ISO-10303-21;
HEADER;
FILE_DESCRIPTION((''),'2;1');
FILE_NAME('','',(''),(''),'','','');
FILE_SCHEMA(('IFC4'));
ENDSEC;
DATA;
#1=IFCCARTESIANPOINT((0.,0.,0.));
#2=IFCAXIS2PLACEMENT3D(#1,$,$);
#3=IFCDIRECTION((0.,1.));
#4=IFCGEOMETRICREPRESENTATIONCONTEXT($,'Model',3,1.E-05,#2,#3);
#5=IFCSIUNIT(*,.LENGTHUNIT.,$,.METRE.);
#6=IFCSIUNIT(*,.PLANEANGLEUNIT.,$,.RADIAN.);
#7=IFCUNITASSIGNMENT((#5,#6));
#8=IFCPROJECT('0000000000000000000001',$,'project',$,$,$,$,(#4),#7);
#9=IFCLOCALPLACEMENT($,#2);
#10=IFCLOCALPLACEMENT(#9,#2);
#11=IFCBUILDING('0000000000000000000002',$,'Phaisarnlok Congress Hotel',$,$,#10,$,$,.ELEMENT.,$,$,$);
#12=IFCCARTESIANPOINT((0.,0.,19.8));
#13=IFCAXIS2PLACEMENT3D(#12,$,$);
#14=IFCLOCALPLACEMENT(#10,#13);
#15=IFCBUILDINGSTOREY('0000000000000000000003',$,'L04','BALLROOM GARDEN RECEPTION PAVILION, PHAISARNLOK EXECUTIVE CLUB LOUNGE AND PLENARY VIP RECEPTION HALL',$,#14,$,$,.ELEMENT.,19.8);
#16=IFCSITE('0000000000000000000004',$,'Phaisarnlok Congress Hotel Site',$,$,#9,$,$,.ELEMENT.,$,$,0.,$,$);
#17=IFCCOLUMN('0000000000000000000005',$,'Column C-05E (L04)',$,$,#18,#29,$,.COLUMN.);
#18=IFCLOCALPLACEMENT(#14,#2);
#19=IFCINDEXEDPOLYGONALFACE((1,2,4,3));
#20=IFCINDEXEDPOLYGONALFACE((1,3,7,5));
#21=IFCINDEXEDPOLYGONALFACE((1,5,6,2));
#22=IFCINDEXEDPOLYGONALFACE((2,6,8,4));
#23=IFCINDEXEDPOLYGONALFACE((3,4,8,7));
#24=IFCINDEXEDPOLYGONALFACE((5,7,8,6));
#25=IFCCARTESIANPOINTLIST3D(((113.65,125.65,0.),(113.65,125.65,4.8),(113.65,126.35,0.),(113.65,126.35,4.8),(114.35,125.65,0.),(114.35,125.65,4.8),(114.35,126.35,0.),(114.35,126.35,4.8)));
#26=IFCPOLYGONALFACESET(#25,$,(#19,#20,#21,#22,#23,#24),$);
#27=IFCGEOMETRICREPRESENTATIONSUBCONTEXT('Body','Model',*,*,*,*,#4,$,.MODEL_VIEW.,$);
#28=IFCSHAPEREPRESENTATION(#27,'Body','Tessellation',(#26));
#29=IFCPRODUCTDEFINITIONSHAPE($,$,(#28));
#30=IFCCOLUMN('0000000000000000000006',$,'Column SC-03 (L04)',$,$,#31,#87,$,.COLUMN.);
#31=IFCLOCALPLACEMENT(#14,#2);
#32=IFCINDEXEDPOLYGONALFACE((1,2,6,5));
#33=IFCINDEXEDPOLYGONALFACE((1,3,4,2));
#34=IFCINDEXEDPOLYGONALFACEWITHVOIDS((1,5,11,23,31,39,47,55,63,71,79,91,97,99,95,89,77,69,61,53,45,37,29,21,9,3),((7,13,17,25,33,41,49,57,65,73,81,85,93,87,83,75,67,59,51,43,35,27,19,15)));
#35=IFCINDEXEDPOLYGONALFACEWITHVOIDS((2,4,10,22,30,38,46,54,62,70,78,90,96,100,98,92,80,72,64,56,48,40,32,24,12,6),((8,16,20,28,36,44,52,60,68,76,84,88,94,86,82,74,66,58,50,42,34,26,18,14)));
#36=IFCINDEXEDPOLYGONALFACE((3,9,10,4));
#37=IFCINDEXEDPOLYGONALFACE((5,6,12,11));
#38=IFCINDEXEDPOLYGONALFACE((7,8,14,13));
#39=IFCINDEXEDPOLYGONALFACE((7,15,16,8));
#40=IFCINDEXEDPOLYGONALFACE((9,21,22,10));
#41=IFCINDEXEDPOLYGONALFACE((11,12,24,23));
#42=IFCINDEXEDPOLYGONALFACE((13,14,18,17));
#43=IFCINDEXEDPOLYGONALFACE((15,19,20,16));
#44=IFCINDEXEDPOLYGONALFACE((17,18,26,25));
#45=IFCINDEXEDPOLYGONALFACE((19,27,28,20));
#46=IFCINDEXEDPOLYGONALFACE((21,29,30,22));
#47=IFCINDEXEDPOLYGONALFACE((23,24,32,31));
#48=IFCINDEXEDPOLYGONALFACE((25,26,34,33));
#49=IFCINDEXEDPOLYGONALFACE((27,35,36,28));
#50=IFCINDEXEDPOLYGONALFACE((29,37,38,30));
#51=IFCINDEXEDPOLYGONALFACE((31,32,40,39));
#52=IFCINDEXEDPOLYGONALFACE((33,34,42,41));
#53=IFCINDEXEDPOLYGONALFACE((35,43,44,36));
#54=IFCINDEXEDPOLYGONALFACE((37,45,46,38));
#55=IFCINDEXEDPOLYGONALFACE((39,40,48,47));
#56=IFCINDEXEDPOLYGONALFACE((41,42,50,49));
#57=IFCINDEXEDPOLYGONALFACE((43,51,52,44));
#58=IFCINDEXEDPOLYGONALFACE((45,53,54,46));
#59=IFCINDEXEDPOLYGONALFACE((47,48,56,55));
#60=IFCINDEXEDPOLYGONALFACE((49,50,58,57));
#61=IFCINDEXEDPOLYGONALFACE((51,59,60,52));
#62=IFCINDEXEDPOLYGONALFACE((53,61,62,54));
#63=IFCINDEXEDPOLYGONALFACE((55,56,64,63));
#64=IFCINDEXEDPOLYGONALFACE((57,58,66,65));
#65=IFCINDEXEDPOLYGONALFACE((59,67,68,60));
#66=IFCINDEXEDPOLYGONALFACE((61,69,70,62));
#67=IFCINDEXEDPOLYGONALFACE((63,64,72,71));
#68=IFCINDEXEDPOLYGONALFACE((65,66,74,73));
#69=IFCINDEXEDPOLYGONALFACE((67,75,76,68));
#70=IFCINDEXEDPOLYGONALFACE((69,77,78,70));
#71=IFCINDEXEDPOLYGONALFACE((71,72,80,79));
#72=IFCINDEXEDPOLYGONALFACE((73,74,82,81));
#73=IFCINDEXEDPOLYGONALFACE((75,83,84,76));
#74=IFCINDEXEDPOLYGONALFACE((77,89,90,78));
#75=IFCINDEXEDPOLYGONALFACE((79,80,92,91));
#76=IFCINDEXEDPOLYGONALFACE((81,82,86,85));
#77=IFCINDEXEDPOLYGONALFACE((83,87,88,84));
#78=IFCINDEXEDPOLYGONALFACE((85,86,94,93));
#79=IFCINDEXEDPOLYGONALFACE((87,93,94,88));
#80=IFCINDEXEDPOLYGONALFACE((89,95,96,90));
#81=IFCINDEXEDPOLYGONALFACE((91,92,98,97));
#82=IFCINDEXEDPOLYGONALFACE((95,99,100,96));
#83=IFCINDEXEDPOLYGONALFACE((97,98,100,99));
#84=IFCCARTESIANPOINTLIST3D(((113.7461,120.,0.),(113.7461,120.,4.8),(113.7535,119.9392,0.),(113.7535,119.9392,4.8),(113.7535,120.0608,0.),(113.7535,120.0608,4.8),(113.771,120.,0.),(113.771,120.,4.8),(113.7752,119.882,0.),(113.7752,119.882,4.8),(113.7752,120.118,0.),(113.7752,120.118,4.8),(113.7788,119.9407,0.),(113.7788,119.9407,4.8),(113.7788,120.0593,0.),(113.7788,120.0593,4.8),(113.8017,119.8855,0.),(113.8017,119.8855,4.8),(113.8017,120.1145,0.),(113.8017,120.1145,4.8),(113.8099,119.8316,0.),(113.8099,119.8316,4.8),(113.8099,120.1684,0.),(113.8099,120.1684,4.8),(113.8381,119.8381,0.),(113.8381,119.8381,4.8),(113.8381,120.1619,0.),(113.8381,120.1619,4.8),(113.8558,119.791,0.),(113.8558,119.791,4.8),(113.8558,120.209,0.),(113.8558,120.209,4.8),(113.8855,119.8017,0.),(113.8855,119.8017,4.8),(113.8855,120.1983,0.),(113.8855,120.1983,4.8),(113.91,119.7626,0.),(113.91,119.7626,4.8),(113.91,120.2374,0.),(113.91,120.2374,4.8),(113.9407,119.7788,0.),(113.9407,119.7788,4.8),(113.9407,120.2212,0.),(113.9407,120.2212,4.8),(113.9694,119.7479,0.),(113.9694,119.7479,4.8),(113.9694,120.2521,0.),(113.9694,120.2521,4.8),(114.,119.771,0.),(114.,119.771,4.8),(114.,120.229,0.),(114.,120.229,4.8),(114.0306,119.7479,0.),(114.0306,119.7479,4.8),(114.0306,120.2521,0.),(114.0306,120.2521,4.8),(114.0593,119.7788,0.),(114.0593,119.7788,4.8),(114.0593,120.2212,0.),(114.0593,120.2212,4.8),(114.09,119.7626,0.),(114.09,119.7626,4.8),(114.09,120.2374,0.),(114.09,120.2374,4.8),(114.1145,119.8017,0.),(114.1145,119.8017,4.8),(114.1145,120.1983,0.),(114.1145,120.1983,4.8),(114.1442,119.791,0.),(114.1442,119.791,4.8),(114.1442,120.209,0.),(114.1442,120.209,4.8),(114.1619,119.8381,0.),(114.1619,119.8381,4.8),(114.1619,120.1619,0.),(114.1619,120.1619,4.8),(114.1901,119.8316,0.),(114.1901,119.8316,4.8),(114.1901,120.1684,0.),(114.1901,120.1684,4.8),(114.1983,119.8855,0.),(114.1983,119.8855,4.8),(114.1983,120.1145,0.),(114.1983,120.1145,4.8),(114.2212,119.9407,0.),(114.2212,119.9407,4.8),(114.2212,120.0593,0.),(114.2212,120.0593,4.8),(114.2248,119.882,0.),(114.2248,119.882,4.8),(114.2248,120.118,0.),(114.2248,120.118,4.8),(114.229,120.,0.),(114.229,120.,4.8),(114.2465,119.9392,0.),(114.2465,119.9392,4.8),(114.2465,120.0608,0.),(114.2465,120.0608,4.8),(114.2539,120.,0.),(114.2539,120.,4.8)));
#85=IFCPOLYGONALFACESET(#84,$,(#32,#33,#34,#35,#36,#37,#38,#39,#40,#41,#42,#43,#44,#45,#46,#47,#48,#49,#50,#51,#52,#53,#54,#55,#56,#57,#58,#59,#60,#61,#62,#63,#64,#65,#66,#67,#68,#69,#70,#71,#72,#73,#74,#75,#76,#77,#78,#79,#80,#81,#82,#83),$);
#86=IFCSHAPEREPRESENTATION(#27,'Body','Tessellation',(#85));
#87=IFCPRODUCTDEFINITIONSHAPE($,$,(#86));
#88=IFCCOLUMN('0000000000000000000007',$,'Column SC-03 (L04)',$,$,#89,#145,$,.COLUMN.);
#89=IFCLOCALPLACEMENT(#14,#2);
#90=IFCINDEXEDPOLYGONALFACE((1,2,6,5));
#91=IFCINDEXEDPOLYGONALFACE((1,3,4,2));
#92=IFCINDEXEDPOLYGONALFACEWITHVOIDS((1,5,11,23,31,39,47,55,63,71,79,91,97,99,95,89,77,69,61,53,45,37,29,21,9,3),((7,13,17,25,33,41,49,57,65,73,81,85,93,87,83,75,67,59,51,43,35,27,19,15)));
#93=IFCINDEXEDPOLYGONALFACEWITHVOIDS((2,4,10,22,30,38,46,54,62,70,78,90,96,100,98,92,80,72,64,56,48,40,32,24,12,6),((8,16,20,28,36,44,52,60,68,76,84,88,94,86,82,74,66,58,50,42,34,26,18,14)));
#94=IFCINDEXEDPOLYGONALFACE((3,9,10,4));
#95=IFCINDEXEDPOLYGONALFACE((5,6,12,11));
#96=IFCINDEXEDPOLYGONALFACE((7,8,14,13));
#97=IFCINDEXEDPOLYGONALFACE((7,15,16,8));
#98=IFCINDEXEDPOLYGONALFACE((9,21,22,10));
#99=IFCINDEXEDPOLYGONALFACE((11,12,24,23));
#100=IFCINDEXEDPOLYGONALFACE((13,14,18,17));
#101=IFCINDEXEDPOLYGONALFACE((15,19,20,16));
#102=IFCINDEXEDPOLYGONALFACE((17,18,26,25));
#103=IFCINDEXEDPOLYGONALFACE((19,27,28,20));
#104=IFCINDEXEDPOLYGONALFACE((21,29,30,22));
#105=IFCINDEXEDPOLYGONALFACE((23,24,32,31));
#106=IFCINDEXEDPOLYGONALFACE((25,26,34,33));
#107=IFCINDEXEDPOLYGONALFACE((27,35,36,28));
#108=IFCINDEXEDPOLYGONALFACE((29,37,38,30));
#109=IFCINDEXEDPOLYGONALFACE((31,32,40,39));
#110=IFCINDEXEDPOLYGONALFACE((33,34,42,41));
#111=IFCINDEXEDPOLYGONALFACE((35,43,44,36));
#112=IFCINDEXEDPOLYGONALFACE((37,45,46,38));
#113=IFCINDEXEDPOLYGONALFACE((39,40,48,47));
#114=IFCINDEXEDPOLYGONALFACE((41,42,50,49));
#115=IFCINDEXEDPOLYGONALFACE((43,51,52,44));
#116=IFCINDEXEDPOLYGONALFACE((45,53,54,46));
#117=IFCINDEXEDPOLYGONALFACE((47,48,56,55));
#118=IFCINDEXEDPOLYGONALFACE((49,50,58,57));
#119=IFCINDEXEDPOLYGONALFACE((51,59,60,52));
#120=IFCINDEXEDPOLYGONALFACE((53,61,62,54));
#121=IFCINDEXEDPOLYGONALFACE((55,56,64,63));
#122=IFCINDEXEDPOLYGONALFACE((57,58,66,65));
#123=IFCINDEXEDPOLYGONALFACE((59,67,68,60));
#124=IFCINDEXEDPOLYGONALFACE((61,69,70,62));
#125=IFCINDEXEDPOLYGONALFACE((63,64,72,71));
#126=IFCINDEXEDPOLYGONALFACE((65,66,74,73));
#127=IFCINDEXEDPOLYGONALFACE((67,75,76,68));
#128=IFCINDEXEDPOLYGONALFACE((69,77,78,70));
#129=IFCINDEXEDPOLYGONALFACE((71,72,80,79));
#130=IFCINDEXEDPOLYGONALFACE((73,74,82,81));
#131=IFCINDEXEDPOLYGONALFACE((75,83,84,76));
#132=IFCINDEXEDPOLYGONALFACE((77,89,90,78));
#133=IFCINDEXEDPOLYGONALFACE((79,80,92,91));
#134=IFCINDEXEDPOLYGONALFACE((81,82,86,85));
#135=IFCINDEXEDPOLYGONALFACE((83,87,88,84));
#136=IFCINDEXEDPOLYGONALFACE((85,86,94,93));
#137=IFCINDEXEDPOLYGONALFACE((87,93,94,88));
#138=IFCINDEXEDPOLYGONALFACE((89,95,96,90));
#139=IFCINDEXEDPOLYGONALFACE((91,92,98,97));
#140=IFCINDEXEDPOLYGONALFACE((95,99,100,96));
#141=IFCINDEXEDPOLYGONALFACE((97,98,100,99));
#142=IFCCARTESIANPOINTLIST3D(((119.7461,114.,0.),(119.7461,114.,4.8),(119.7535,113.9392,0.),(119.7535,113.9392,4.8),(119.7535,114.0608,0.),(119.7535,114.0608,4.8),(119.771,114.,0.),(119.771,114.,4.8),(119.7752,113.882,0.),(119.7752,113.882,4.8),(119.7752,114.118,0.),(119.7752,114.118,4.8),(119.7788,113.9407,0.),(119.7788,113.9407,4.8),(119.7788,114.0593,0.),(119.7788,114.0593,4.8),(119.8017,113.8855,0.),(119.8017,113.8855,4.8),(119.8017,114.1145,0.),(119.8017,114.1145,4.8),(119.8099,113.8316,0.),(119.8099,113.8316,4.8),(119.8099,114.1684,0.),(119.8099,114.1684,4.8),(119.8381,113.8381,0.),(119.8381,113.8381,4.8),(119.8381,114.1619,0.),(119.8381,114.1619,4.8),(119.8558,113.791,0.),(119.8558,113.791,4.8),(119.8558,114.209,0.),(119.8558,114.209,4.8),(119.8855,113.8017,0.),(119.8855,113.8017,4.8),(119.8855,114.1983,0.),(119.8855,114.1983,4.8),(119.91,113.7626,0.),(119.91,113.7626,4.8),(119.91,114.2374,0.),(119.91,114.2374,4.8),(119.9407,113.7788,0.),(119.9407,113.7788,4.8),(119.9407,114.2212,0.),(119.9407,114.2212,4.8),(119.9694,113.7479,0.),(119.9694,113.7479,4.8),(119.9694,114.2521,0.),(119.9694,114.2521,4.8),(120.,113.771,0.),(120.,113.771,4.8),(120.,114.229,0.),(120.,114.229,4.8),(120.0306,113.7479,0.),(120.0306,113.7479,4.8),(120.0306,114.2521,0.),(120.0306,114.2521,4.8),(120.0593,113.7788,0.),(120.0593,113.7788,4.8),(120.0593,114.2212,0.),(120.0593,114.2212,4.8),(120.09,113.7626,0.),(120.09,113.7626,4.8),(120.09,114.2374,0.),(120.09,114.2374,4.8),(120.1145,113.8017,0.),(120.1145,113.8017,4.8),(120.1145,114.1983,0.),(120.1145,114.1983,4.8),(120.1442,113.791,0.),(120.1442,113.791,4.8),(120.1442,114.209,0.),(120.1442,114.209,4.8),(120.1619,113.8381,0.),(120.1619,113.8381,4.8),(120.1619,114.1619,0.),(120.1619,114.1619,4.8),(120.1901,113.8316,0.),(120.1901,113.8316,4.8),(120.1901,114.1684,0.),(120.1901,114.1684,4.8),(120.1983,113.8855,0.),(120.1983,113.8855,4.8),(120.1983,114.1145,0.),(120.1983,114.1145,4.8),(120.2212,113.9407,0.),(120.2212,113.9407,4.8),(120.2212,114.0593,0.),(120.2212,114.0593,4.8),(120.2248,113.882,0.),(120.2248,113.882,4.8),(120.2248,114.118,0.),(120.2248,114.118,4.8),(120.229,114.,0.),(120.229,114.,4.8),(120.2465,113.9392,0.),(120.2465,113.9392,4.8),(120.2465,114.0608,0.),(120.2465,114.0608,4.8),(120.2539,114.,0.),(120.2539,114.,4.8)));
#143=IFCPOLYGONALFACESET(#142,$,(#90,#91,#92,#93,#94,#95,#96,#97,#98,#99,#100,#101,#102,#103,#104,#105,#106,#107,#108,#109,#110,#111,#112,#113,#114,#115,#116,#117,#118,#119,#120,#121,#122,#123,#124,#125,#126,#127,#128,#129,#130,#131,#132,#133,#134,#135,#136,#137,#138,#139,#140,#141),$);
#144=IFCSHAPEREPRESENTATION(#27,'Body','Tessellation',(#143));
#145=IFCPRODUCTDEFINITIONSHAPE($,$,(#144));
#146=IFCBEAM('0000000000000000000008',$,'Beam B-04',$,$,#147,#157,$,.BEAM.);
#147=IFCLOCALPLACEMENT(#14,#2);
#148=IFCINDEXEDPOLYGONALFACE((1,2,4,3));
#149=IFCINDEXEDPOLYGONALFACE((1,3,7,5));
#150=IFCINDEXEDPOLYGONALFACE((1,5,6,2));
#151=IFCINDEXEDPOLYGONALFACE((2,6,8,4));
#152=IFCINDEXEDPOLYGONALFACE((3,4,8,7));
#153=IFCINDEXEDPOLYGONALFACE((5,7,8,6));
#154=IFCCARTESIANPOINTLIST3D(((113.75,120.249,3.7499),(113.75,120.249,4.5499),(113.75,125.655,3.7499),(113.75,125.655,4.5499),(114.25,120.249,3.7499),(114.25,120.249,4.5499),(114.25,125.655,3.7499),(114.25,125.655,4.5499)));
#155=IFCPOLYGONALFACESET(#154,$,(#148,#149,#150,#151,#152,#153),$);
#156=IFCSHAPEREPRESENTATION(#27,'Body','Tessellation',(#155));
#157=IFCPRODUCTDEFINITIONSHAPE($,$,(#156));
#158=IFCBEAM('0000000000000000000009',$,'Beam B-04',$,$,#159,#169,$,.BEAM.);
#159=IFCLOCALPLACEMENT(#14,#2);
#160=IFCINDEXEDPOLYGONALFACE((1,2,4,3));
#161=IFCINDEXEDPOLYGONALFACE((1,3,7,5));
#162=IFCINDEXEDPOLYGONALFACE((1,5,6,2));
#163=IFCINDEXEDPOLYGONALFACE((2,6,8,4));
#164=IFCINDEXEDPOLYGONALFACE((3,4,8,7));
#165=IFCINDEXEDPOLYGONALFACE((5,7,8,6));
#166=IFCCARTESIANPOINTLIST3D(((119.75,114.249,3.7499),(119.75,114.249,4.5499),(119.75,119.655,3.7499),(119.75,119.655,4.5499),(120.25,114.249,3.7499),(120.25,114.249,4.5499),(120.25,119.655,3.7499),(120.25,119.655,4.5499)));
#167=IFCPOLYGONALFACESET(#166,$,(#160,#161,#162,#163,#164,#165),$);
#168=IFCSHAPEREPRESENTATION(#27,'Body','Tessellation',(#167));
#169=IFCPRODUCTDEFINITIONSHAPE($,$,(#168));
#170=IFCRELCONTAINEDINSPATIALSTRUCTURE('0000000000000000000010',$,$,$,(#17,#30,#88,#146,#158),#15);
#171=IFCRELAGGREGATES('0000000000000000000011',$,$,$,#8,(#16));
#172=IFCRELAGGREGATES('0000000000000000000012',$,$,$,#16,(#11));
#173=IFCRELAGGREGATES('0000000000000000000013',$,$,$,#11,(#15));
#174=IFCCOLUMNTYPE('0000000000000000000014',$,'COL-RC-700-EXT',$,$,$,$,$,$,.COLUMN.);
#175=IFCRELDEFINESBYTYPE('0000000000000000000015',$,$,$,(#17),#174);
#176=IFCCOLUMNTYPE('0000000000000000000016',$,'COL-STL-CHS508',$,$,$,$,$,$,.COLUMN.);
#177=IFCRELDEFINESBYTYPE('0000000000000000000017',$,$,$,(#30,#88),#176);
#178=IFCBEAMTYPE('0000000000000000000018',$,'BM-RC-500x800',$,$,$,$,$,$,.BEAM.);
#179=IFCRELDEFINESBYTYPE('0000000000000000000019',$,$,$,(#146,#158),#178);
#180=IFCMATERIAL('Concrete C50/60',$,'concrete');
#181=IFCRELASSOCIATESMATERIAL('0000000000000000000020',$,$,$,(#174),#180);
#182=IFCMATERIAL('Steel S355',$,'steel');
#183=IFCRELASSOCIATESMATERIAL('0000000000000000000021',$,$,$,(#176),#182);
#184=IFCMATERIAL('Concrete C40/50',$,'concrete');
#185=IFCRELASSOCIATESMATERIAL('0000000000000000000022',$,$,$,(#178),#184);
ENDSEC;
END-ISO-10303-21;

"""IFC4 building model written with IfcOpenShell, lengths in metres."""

from ifc_helpers import new_model, si_unit, direction, frame, origin, origin_2d, place, context, subcontext, project, spatial, rectangle, hollow_circle, extrude, material, material_profile, profile_set, type_object, element, save


model = new_model("IFC4")

# Units and contexts
model_context = context("Model", 3, precision=1e-05, world=origin(), true_north=direction((0.0, 1.0)))
body_context = subcontext(model_context, "Body", "Model", "MODEL_VIEW")
ifc_project = project(units=[si_unit("LENGTHUNIT", "METRE"), si_unit("PLANEANGLEUNIT", "RADIAN")], contexts=[model_context])

# Site, building, storey
site_placement = place(None, origin())
site = spatial("IfcSite", under=ifc_project, at=site_placement, Name="Phaisarnlok Congress Hotel Site", CompositionType="ELEMENT", RefElevation=0.0)
building_placement = place(site_placement, origin())
building = spatial("IfcBuilding", under=site, at=building_placement, Name="Phaisarnlok Congress Hotel", CompositionType="ELEMENT")
storey_placement = place(building_placement, frame((0.0, 0.0, 19.8)))
storey = spatial("IfcBuildingStorey", under=building, at=storey_placement, Name="L04", Description="BALLROOM GARDEN RECEPTION PAVILION, PHAISARNLOK EXECUTIVE CLUB LOUNGE AND PLENARY VIP RECEPTION HALL", CompositionType="ELEMENT", Elevation=19.8)

# Columns
ifc_material_1 = material(Name="Concrete C50/60", Category="concrete")
ifc_material_profile_1 = material_profile(ifc_material_1, rectangle(XDim=0.7, YDim=0.7, at=origin_2d()), Name="RC 700x700")
ifc_profile_set_1 = profile_set([ifc_material_profile_1], Name="Concrete C50/60")
column_type_1 = type_object("IfcColumnType", Name="COL-RC-700-EXT", PredefinedType="COLUMN", material=ifc_profile_set_1)
column_placement = place(storey_placement, frame((114.0, 126.0, 0.0), z_axis=(0.0, 0.0, 1.0), x_axis=(1.0, 0.0, 0.0)))
element("IfcColumn", 1, at=column_placement, inside=storey, type_object=column_type_1, Name="Column C-05E (L04)", PredefinedType="COLUMN", context=body_context, shape_type="SweptSolid", body=[
    extrude(rectangle(XDim=0.7, YDim=0.7, at=origin_2d()), origin(), (0.0, 0.0, 1.0), 4.8),
])
ifc_material_2 = material(Name="Steel S355", Category="steel")
ifc_material_profile_2 = material_profile(ifc_material_2, hollow_circle(Radius=0.2539, WallThickness=0.0249, at=origin_2d()), Name="CHS 508x25")
ifc_profile_set_2 = profile_set([ifc_material_profile_2], Name="Steel S355")
column_type_2 = type_object("IfcColumnType", Name="COL-STL-CHS508", PredefinedType="COLUMN", material=ifc_profile_set_2)
for number, where, z_axis, x_axis, name in (
    (2, (114.0, 120.0, 0.0), (0.0, 0.0, 1.0), (1.0, 0.0, 0.0), "Column SC-03 (L04)"),
    (3, (120.0, 114.0, 0.0), (0.0, 0.0, 1.0), (1.0, 0.0, 0.0), "Column SC-03 (L04)"),
):
    element("IfcColumn", number, at=place(storey_placement, frame(where, z_axis=z_axis, x_axis=x_axis)), inside=storey, type_object=column_type_2, Name=name, PredefinedType="COLUMN", context=body_context, shape_type="SweptSolid", body=[
        extrude(hollow_circle(Radius=0.2539, WallThickness=0.0249, at=origin_2d()), origin(), (0.0, 0.0, 1.0), 4.8),
    ])

# Beams
ifc_material_3 = material(Name="Concrete C40/50", Category="concrete")
ifc_material_profile_3 = material_profile(ifc_material_3, rectangle(XDim=0.5, YDim=0.8, at=origin_2d()), Name="RC 500x800")
ifc_profile_set_3 = profile_set([ifc_material_profile_3], Name="Concrete C40/50")
beam_type_1 = type_object("IfcBeamType", Name="BM-RC-500x800", PredefinedType="BEAM", material=ifc_profile_set_3)
for number, where, z_axis, x_axis, name in (
    (4, (114.0, 120.249, 4.1499), (0.0, 1.0, 0.0), (-1.0, 0.0, 0.0), "Beam B-04"),
    (5, (120.0, 114.249, 4.1499), (0.0, 1.0, 0.0), (-1.0, 0.0, 0.0), "Beam B-04"),
):
    element("IfcBeam", number, at=place(storey_placement, frame(where, z_axis=z_axis, x_axis=x_axis)), inside=storey, type_object=beam_type_1, Name=name, PredefinedType="BEAM", context=body_context, shape_type="SweptSolid", body=[
        extrude(rectangle(XDim=0.5, YDim=0.8, at=origin_2d()), origin(), (0.0, 0.0, 1.0), 5.406),
    ])

save(model, "model.ifc")
